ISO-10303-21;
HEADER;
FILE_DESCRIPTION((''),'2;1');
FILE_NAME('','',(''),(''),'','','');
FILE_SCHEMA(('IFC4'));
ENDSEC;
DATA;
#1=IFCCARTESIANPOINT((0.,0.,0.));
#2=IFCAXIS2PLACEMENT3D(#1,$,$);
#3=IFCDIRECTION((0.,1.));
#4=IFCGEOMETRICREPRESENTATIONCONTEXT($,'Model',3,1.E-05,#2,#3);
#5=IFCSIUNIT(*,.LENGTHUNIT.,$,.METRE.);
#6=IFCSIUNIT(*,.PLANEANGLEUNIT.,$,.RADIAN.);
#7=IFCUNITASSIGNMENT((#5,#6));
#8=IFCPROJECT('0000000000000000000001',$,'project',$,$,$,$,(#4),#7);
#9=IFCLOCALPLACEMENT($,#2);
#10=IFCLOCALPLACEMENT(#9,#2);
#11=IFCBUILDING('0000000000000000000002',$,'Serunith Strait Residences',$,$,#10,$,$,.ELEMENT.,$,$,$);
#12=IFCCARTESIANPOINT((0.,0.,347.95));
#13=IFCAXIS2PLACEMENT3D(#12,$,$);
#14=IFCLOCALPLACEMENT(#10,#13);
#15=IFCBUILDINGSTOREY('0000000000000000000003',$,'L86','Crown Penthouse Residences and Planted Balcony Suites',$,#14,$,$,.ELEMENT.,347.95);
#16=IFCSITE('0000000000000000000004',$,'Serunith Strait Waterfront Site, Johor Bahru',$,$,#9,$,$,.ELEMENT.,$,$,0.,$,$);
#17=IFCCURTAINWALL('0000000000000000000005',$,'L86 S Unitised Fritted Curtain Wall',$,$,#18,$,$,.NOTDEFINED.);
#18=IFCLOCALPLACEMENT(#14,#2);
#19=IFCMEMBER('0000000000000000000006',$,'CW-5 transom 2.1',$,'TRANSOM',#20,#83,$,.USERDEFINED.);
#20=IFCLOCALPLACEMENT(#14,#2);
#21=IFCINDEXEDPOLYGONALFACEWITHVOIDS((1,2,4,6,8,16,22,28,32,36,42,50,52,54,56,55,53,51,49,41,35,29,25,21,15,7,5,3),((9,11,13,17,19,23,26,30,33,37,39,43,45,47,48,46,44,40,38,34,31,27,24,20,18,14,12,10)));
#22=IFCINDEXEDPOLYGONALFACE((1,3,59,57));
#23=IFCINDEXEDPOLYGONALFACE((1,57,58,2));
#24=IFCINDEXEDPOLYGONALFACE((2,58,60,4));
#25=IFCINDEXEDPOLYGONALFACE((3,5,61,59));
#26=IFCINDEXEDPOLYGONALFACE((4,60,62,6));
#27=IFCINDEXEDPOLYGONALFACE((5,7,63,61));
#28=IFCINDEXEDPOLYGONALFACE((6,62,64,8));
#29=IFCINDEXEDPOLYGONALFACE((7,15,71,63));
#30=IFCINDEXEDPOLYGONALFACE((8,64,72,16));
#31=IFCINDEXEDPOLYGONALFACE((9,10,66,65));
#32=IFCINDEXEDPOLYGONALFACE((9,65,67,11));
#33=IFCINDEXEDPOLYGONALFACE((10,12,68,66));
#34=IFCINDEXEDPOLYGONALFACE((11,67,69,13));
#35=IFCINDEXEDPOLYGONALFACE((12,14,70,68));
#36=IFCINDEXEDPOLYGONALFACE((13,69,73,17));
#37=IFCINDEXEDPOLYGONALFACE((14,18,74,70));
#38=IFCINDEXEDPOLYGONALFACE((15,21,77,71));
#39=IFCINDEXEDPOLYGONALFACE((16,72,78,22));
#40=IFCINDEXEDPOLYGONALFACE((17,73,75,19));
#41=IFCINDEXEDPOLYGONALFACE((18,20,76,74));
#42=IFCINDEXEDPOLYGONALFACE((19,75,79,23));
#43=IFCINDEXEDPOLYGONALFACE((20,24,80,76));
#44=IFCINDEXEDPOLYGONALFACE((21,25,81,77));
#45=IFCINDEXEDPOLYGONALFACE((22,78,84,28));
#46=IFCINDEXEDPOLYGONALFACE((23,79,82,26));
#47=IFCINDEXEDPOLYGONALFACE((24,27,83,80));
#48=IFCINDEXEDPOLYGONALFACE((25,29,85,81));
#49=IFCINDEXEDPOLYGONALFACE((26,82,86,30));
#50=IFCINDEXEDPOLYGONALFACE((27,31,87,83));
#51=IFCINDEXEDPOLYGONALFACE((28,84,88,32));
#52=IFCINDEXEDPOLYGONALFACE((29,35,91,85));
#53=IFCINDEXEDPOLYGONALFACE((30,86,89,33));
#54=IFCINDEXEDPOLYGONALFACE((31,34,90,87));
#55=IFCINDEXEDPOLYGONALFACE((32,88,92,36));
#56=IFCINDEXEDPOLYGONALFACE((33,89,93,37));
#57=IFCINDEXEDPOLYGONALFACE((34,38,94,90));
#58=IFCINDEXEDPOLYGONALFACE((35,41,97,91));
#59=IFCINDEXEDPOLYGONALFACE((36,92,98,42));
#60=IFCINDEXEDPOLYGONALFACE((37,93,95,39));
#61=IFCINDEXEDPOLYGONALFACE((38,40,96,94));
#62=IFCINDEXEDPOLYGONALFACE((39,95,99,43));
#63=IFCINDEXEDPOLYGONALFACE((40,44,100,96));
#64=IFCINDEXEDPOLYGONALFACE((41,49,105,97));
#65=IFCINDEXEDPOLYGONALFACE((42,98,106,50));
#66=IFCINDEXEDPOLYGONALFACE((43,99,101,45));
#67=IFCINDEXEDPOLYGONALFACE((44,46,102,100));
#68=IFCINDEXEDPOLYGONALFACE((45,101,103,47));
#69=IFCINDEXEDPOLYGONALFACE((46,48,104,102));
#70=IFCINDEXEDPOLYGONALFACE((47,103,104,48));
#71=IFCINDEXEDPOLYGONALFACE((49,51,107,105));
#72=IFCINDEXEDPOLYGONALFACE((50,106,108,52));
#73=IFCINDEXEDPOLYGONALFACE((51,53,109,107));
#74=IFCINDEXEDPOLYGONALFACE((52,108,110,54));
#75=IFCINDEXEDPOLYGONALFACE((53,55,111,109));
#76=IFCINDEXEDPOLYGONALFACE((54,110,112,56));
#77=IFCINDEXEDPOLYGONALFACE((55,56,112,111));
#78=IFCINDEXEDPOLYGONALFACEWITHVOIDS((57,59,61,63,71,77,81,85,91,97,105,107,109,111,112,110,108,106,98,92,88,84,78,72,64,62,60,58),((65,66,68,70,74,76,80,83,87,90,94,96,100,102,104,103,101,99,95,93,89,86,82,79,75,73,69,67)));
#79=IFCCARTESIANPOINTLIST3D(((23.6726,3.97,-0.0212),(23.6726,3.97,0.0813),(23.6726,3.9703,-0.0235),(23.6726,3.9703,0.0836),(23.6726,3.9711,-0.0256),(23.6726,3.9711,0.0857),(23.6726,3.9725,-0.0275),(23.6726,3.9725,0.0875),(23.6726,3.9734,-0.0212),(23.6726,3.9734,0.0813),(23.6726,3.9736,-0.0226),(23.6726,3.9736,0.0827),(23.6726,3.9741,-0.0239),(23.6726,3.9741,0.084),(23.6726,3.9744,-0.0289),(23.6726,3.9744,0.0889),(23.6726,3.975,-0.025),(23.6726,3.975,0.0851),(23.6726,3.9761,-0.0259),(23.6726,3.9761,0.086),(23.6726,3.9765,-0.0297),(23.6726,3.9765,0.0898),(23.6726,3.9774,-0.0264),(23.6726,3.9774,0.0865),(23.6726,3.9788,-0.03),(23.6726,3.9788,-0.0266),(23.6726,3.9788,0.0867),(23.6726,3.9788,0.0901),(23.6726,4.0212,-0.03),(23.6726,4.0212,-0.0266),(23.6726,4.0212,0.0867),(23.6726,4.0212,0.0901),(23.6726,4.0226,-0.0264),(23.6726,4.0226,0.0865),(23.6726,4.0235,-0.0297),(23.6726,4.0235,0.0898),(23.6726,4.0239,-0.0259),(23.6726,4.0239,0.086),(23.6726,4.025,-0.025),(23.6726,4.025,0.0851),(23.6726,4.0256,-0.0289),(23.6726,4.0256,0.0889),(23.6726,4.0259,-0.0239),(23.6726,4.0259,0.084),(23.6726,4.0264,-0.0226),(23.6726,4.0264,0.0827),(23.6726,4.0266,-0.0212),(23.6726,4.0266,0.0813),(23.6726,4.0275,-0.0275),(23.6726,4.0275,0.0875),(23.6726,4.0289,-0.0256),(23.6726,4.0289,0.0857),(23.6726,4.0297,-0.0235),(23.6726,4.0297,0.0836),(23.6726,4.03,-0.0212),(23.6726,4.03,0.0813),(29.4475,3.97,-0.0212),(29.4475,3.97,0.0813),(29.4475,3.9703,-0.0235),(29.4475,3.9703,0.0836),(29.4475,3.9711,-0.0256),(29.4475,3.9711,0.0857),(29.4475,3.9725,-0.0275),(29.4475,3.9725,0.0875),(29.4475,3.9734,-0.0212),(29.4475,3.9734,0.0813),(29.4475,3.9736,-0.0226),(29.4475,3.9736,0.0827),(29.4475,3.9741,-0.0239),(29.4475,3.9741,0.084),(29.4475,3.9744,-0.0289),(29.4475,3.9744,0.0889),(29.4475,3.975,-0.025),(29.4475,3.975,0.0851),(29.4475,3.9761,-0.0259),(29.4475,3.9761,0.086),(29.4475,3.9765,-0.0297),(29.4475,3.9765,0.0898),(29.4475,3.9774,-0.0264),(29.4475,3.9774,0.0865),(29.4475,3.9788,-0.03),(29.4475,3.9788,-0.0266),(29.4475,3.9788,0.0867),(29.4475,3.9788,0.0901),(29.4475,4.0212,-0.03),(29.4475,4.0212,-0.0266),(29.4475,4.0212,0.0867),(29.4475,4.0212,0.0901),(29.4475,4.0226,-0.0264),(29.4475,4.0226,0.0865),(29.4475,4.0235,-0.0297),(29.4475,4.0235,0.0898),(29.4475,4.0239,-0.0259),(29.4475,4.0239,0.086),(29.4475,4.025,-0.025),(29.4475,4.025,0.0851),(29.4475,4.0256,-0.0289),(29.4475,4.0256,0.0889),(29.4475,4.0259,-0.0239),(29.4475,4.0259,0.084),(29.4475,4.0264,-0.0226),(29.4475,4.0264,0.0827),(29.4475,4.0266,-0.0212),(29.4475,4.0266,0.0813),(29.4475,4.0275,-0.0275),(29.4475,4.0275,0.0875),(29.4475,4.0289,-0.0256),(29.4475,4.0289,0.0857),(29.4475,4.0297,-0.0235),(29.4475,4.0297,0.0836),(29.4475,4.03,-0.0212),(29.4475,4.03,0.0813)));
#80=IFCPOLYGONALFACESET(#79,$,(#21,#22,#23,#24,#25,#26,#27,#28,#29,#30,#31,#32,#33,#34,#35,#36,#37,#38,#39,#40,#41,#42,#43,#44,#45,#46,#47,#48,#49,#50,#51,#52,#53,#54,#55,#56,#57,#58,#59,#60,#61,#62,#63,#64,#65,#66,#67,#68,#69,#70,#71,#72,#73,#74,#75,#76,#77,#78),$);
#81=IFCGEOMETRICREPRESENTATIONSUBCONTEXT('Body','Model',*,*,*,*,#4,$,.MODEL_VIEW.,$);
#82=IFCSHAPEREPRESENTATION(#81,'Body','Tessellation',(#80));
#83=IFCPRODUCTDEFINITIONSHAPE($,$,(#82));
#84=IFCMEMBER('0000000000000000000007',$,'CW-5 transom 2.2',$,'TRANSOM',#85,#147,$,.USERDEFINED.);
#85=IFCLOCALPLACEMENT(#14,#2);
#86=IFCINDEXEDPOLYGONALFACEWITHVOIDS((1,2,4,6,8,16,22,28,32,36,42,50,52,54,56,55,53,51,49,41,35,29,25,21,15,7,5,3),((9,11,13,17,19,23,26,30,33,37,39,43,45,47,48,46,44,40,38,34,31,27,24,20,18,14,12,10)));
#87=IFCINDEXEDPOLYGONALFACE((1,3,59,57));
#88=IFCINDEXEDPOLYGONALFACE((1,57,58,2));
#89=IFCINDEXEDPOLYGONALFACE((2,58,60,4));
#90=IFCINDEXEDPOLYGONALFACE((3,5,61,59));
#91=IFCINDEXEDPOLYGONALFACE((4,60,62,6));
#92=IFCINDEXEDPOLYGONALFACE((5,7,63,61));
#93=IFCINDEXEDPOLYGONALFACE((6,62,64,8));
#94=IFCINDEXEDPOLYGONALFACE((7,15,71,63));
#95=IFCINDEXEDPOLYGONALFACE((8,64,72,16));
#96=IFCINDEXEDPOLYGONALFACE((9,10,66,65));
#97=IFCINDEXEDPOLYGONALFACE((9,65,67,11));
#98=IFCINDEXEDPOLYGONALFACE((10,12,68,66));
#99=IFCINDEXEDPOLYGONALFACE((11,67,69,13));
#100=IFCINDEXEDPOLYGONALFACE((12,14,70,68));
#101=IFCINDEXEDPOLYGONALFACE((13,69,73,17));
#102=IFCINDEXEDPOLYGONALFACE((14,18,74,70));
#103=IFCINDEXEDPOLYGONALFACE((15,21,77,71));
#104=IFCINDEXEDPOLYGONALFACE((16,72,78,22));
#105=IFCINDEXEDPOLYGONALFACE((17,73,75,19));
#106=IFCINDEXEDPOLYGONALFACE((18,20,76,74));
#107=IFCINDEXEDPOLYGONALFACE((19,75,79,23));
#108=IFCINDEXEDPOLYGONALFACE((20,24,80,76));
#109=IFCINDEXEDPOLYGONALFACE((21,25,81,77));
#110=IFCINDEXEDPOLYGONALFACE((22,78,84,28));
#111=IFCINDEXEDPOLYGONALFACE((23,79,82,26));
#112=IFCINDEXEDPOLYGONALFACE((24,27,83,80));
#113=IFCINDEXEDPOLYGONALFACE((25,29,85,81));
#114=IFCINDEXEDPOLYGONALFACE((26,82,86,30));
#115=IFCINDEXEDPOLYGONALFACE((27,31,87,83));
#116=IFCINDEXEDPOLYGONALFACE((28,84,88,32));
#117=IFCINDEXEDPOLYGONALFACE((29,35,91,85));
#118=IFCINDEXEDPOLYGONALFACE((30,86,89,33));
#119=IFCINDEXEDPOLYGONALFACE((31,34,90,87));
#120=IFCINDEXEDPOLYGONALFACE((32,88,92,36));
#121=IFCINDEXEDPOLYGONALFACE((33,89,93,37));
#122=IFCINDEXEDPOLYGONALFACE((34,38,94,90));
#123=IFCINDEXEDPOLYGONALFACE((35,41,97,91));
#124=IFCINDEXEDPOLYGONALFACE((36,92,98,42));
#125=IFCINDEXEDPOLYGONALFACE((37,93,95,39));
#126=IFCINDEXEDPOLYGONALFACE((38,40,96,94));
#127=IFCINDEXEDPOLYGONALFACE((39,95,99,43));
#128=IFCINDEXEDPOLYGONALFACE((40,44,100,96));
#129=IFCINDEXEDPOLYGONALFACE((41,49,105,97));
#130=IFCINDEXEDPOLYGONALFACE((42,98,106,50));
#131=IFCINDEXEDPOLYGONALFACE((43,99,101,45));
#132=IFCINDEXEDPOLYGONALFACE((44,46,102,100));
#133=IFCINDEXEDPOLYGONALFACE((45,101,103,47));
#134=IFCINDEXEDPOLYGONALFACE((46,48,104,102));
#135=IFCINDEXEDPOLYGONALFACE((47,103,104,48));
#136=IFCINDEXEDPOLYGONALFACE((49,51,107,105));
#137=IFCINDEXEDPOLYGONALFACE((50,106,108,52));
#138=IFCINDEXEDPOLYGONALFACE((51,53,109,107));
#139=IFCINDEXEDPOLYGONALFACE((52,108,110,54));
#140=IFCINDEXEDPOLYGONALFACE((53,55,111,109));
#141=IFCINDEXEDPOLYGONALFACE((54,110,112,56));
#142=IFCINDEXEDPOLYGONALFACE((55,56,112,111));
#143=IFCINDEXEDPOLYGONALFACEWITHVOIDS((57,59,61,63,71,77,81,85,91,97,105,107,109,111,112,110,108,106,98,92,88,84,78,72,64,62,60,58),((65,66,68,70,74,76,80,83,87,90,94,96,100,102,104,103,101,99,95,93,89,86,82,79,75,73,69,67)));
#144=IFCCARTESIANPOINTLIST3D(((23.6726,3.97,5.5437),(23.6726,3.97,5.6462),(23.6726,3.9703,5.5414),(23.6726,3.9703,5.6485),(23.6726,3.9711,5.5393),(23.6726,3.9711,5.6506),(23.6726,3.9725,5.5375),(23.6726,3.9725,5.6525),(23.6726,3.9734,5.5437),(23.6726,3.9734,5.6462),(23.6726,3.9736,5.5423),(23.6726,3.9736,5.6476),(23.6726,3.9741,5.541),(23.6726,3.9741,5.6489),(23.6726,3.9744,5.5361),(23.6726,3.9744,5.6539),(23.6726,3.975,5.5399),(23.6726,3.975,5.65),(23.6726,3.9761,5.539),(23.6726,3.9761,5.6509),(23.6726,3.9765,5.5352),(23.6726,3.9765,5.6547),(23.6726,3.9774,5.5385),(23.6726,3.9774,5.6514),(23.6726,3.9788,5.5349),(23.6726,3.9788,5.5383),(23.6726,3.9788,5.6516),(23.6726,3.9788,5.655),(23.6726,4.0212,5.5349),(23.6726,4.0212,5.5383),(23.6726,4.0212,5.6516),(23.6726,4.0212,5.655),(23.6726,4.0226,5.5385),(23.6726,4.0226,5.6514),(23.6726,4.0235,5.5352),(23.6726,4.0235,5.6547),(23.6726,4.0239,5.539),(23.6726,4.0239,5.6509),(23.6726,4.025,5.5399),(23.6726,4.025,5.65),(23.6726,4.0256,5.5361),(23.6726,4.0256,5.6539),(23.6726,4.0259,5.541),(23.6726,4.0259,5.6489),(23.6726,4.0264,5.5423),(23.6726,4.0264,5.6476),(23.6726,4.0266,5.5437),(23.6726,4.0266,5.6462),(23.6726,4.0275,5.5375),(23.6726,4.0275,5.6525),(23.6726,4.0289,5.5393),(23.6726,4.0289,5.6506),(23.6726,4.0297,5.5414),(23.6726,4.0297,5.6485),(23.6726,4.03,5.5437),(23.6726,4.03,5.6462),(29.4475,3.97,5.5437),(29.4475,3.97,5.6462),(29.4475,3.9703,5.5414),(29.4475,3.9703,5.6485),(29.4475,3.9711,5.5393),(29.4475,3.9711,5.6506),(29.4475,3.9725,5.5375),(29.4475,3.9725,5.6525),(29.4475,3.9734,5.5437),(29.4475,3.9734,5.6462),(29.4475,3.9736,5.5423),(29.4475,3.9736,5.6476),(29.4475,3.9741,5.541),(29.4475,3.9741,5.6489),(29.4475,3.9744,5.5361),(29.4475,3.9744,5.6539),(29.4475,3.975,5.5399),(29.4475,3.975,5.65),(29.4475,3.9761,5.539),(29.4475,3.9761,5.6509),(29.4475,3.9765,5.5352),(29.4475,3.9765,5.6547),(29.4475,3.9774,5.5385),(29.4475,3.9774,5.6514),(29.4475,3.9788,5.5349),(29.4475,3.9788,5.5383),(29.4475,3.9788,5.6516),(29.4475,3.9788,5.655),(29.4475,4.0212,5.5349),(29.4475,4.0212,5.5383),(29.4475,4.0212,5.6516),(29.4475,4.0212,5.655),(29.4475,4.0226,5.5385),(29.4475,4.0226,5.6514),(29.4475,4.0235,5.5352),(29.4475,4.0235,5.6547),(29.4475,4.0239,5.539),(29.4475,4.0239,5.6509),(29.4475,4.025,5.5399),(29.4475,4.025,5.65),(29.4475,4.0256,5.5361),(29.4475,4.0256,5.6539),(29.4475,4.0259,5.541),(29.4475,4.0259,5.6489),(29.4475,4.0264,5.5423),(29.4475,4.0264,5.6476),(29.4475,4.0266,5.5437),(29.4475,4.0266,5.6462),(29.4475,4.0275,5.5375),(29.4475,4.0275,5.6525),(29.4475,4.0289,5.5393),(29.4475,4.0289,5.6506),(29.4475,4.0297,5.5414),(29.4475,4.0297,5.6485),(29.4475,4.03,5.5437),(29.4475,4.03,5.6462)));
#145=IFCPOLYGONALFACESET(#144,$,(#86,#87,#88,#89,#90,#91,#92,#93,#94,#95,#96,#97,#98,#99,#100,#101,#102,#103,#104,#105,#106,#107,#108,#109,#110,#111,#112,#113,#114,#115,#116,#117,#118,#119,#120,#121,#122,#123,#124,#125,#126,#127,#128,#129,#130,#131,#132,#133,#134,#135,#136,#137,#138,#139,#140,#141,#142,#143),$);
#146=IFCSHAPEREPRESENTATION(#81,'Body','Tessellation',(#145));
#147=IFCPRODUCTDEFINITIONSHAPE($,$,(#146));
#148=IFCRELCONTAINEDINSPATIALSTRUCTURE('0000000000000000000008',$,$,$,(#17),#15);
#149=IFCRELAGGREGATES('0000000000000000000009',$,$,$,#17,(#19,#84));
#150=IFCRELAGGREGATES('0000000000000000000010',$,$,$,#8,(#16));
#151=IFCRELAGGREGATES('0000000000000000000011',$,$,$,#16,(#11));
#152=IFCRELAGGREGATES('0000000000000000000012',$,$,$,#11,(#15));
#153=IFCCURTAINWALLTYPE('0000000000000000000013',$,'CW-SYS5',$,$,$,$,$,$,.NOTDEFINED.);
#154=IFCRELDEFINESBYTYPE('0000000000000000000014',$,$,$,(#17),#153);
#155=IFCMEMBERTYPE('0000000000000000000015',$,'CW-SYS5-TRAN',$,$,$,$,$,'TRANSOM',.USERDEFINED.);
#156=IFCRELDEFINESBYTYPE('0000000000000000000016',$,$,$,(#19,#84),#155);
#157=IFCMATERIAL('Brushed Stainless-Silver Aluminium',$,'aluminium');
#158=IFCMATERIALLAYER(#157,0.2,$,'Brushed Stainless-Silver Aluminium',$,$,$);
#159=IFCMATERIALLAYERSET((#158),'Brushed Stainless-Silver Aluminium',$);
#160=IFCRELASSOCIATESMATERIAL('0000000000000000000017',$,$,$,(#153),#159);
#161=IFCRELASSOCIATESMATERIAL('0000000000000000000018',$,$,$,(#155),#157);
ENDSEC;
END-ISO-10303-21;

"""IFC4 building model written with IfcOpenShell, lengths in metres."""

from ifc_helpers import new_model, si_unit, direction, frame, origin, origin_2d, place, context, subcontext, project, spatial, hollow_rectangle, extrude, source, transform, mapped, material, layer, layer_set, material_profile, profile_set, type_object, element, aggregate, save


model = new_model("IFC4")

# Units and contexts
model_context = context("Model", 3, precision=1e-05, world=origin(), true_north=direction((0.0, 1.0)))
body_context = subcontext(model_context, "Body", "Model", "MODEL_VIEW")
ifc_project = project(units=[si_unit("LENGTHUNIT", "METRE"), si_unit("PLANEANGLEUNIT", "RADIAN")], contexts=[model_context])

# Site, building, storey
site_placement = place(None, origin())
site = spatial("IfcSite", under=ifc_project, at=site_placement, Name="Serunith Strait Waterfront Site, Johor Bahru", CompositionType="ELEMENT", RefElevation=0.0)
building_placement = place(site_placement, origin())
building = spatial("IfcBuilding", under=site, at=building_placement, Name="Serunith Strait Residences", CompositionType="ELEMENT")
storey_placement = place(building_placement, frame((0.0, 0.0, 347.95)))
storey = spatial("IfcBuildingStorey", under=building, at=storey_placement, Name="L86", Description="Crown Penthouse Residences and Planted Balcony Suites", CompositionType="ELEMENT", Elevation=347.95)

# Curtain wall, members
ifc_material_1 = material(Name="Brushed Stainless-Silver Aluminium", Category="aluminium")
ifc_layer_1 = layer(ifc_material_1, 0.2, Name="Brushed Stainless-Silver Aluminium")
ifc_layer_set_1 = layer_set([ifc_layer_1], Name="Brushed Stainless-Silver Aluminium")
curtain_wall_type = type_object("IfcCurtainWallType", Name="CW-SYS5", PredefinedType="NOTDEFINED", material=ifc_layer_set_1)
curtain_wall_placement = place(storey_placement, origin())
curtain_wall = element("IfcCurtainWall", 1, at=curtain_wall_placement, inside=storey, type_object=curtain_wall_type, Name="L86 S Unitised Fritted Curtain Wall", PredefinedType="NOTDEFINED")
ifc_material_profile_1 = material_profile(ifc_material_1, hollow_rectangle(XDim=0.0601, YDim=0.1201, WallThickness=0.0034, InnerFilletRadius=0.0054, OuterFilletRadius=0.0088, at=origin_2d()), Name="ALU 120x60x3.5")
ifc_profile_set_1 = profile_set([ifc_material_profile_1], Name="Brushed Stainless-Silver Aluminium")
member_type_1 = type_object("IfcMemberType", Name="CW-SYS5-TRAN", ElementType="TRANSOM", PredefinedType="USERDEFINED", material=ifc_profile_set_1)
shared_shape_1 = source(origin(), body_context, "Body", "SweptSolid", [
    extrude(hollow_rectangle(XDim=0.0601, YDim=0.1201, WallThickness=0.0034, InnerFilletRadius=0.0054, OuterFilletRadius=0.0088, at=origin_2d()), origin(), (0.0, 0.0, 1.0), 5.7749),
])
member_1_placement = place(storey_placement, frame((23.6726, 4.0, 0.03), z_axis=(1.0, 0.0, 0.0), x_axis=(0.0, 1.0, 0.0)))
member_1 = element("IfcMember", 2, at=member_1_placement, type_object=member_type_1, Name="CW-5 transom 2.1", ObjectType="TRANSOM", PredefinedType="USERDEFINED", context=body_context, shape_type="MappedRepresentation", body=[
    mapped(shared_shape_1, transform((0.0, 0.0, 0.0), scale=1.0)),
])
member_2_placement = place(storey_placement, frame((23.6726, 4.0, 5.595), z_axis=(1.0, 0.0, 0.0), x_axis=(0.0, 1.0, 0.0)))
member_2 = element("IfcMember", 3, at=member_2_placement, type_object=member_type_1, Name="CW-5 transom 2.2", ObjectType="TRANSOM", PredefinedType="USERDEFINED", context=body_context, shape_type="MappedRepresentation", body=[
    mapped(shared_shape_1, transform((0.0, 0.0, 0.0), scale=1.0)),
])
aggregate(curtain_wall, [member_1, member_2])

save(model, "model.ifc")
